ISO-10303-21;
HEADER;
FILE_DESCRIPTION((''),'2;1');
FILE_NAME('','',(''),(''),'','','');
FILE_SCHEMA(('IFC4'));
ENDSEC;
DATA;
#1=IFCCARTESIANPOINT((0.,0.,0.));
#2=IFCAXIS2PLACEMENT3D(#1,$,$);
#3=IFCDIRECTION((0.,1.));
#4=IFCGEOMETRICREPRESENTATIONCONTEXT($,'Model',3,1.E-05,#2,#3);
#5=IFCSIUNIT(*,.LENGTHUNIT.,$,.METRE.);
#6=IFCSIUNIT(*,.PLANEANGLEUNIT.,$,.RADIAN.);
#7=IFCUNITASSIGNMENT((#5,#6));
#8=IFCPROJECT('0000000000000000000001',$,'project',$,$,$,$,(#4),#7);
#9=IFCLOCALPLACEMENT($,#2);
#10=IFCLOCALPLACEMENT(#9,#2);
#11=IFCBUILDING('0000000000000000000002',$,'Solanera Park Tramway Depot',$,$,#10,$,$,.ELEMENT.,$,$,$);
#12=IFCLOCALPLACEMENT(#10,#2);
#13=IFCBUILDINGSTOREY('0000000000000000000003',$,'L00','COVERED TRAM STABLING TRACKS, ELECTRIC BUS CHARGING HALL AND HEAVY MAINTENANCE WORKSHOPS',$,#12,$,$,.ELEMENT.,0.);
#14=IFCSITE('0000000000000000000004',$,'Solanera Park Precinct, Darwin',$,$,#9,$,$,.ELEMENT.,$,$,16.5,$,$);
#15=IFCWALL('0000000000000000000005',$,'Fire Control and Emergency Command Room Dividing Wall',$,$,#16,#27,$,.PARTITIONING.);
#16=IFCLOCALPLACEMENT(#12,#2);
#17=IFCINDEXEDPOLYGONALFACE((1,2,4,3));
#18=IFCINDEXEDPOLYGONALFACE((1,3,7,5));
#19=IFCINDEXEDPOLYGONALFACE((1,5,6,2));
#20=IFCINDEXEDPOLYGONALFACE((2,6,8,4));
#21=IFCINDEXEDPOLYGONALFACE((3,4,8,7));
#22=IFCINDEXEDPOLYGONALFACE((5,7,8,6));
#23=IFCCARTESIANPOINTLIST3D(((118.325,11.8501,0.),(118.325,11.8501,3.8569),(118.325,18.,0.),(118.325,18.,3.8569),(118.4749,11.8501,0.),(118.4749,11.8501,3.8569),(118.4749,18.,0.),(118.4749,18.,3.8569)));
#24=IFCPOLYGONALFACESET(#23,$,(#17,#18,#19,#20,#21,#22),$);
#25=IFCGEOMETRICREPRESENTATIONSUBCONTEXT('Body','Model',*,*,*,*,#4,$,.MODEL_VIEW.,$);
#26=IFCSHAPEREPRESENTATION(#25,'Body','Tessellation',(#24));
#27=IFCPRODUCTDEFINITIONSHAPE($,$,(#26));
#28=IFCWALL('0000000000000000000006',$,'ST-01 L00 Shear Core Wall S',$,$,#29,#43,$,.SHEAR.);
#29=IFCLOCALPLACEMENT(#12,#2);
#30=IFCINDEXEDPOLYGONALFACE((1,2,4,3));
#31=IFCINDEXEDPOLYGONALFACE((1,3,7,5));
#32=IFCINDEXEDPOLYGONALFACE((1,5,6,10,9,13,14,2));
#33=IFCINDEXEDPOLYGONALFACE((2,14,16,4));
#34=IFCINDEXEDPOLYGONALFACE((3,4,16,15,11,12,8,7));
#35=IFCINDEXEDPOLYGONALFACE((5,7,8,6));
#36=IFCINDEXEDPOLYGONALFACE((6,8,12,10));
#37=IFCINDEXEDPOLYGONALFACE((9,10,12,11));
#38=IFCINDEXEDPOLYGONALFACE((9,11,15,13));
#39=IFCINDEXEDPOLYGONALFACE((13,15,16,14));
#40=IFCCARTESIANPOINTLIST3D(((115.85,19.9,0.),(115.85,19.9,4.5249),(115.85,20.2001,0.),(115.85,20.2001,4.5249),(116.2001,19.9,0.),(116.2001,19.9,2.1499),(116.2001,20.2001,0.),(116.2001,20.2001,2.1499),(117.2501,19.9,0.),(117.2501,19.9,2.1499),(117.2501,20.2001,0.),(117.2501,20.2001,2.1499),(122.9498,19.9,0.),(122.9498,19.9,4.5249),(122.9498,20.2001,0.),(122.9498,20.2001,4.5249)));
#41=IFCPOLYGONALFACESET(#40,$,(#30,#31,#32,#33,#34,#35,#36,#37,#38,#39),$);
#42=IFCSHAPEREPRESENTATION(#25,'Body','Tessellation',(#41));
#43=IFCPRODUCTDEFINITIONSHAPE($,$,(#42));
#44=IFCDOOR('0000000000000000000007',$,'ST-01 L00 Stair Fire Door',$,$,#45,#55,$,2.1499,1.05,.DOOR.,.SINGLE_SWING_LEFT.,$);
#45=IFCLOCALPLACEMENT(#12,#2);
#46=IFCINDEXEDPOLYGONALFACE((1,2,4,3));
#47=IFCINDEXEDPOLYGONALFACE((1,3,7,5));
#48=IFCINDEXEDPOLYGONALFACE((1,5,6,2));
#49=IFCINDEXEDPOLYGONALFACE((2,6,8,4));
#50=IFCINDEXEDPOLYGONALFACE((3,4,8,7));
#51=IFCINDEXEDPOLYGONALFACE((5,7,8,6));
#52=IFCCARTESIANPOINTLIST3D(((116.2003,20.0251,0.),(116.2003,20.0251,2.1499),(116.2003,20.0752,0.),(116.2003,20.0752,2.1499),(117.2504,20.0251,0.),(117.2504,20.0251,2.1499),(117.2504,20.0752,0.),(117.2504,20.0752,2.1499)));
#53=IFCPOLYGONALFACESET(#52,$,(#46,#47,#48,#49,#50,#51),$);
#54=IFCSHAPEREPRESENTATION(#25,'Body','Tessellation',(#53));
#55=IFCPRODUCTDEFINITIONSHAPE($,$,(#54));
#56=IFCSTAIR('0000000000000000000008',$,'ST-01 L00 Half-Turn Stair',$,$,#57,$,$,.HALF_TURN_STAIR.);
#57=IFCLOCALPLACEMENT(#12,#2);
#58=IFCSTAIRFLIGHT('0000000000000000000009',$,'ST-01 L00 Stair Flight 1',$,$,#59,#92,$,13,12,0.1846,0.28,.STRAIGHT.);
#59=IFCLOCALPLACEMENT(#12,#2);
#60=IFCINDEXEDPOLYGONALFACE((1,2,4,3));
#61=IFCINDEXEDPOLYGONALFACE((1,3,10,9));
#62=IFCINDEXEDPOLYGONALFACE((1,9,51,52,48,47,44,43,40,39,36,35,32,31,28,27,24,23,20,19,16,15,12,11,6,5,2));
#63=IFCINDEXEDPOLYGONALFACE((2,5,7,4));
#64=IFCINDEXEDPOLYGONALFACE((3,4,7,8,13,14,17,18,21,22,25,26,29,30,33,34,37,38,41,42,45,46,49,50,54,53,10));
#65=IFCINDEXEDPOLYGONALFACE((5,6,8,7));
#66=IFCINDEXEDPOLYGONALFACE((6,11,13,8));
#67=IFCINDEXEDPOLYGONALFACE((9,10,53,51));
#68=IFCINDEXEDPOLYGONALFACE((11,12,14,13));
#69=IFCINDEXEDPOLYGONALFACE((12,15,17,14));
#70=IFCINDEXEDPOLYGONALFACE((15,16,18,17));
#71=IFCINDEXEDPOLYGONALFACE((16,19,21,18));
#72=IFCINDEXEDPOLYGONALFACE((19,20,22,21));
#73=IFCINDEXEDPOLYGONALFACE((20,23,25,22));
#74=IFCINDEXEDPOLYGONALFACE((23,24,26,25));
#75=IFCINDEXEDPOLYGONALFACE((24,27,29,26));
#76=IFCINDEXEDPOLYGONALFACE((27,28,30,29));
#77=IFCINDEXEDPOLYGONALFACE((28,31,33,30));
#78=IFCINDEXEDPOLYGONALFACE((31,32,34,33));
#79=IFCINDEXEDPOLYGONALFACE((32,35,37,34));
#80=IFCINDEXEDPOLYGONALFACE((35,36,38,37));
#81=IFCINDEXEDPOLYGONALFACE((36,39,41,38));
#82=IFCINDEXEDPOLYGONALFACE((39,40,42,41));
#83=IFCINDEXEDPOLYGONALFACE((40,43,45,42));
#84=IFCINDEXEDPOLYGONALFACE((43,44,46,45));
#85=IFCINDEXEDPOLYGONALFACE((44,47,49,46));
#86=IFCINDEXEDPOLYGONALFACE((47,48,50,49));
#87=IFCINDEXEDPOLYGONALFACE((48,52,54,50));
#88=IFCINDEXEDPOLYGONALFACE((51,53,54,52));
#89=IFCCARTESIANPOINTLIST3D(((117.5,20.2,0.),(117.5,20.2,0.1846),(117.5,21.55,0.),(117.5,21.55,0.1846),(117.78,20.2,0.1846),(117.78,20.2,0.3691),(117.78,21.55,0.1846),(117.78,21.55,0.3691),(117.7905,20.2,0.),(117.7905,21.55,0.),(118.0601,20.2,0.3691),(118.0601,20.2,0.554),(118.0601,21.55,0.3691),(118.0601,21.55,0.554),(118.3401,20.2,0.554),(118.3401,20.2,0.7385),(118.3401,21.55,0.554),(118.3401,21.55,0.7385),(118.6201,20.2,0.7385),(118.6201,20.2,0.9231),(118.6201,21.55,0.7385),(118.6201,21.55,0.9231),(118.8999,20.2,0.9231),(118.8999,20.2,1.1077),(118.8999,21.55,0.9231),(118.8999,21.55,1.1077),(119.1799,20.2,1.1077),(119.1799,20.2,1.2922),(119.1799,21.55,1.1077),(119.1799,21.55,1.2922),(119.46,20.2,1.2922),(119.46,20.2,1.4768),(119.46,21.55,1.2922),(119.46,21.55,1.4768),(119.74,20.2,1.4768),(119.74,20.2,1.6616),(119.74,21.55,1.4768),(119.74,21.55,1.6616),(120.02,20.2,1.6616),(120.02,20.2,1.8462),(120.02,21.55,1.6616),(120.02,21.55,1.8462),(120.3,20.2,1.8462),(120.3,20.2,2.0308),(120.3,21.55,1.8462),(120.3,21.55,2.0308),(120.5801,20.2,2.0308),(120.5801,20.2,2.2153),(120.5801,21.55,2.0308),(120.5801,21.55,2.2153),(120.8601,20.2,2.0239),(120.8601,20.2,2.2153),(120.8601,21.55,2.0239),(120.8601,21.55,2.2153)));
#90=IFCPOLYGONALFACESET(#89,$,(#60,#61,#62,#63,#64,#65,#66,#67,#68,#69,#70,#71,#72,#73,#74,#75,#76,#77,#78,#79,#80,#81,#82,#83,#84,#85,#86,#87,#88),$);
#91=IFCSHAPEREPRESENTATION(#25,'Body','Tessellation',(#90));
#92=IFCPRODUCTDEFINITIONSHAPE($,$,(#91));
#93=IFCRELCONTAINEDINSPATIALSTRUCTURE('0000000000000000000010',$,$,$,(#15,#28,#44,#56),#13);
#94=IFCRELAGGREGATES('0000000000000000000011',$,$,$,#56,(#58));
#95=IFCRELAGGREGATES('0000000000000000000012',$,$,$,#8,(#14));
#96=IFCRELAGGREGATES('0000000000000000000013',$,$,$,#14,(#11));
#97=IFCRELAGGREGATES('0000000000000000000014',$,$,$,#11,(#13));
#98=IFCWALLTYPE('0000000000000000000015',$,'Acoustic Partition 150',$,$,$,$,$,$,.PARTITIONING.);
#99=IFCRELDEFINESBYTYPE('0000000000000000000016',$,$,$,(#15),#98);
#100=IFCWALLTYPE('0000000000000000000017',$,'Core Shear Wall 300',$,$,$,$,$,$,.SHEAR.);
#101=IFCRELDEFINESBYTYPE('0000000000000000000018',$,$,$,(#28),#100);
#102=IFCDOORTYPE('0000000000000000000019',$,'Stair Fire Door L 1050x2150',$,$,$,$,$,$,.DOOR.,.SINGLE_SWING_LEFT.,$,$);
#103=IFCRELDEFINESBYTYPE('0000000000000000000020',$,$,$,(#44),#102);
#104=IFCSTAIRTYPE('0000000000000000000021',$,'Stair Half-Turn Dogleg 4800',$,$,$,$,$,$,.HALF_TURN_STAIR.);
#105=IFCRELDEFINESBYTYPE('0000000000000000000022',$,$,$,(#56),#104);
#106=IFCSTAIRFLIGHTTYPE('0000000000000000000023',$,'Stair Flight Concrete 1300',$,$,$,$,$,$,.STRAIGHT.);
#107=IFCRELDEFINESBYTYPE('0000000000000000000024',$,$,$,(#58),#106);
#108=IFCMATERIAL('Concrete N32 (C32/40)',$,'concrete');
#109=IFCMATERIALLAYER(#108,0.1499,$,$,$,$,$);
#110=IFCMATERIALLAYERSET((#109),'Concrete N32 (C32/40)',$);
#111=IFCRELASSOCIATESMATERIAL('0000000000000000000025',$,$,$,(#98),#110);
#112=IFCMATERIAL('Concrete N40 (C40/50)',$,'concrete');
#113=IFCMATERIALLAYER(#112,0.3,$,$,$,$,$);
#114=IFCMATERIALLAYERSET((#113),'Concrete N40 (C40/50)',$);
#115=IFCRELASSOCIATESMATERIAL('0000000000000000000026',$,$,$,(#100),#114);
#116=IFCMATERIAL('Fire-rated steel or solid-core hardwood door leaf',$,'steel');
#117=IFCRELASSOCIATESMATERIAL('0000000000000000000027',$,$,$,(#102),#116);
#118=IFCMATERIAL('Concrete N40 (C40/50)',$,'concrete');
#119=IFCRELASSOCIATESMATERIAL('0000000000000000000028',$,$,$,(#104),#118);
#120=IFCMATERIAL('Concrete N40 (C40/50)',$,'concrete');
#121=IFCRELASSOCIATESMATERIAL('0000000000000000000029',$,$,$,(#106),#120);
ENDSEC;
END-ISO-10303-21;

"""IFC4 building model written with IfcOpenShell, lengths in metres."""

from ifc_helpers import new_model, si_unit, direction, frame, frame_2d, origin, place, context, subcontext, project, spatial, polyline, rectangle, outline, extrude, material, layer, layer_set, type_object, element, fill, aggregate, save


model = new_model("IFC4")

# Units and contexts
model_context = context("Model", 3, precision=1e-05, world=origin(), true_north=direction((0.0, 1.0)))
body_context = subcontext(model_context, "Body", "Model", "MODEL_VIEW")
ifc_project = project(units=[si_unit("LENGTHUNIT", "METRE"), si_unit("PLANEANGLEUNIT", "RADIAN")], contexts=[model_context])

# Site, building, storey
site_placement = place(None, origin())
site = spatial("IfcSite", under=ifc_project, at=site_placement, Name="Solanera Park Precinct, Darwin", CompositionType="ELEMENT", RefElevation=16.5)
building_placement = place(site_placement, origin())
building = spatial("IfcBuilding", under=site, at=building_placement, Name="Solanera Park Tramway Depot", CompositionType="ELEMENT")
storey_placement = place(building_placement, origin())
storey = spatial("IfcBuildingStorey", under=building, at=storey_placement, Name="L00", Description="COVERED TRAM STABLING TRACKS, ELECTRIC BUS CHARGING HALL AND HEAVY MAINTENANCE WORKSHOPS", CompositionType="ELEMENT", Elevation=0.0)

# Wall
ifc_material_1 = material(Name="Concrete N32 (C32/40)", Category="concrete")
ifc_layer_1 = layer(ifc_material_1, 0.1499)
ifc_layer_set_1 = layer_set([ifc_layer_1], Name="Concrete N32 (C32/40)")
wall_type_1 = type_object("IfcWallType", Name="Acoustic Partition 150", PredefinedType="PARTITIONING", material=ifc_layer_set_1)
wall_1_placement = place(storey_placement, frame((118.3999, 11.8501, 0.0), z_axis=(0.0, 0.0, 1.0), x_axis=(0.0, 1.0, 0.0)))
element("IfcWall", 1, at=wall_1_placement, inside=storey, type_object=wall_type_1, Name="Fire Control and Emergency Command Room Dividing Wall", PredefinedType="PARTITIONING", context=body_context, shape_type="SweptSolid", body=[
    extrude(rectangle(XDim=6.1499, YDim=0.1499, at=frame_2d((3.075, 0.0))), origin(), (0.0, 0.0, 1.0), 3.8569),
])

# Wall, opening, door
ifc_material_2 = material(Name="Concrete N40 (C40/50)", Category="concrete")
ifc_layer_2 = layer(ifc_material_2, 0.3)
ifc_layer_set_2 = layer_set([ifc_layer_2], Name="Concrete N40 (C40/50)")
wall_type_2 = type_object("IfcWallType", Name="Core Shear Wall 300", PredefinedType="SHEAR", material=ifc_layer_set_2)
wall_2_placement = place(storey_placement, frame((115.8501, 20.05, 0.0), z_axis=(0.0, 0.0, 1.0), x_axis=(1.0, 0.0, 0.0)))
wall_2 = element("IfcWall", 2, at=wall_2_placement, inside=storey, type_object=wall_type_2, Name="ST-01 L00 Shear Core Wall S", PredefinedType="SHEAR", context=body_context, shape_type="SweptSolid", body=[
    extrude(rectangle(XDim=7.0999, YDim=0.3, at=frame_2d((3.5498, 0.0))), origin(), (0.0, 0.0, 1.0), 4.5249),
])
opening_1_placement = place(wall_2_placement, frame((0.3501, 0.0, 0.0)))
opening_1 = element("IfcOpeningElement", 3, at=opening_1_placement, cuts=wall_2, PredefinedType="OPENING", context=body_context, shape_type="SweptSolid", body=[
    extrude(rectangle(XDim=1.05, YDim=2.1499, at=frame_2d((0.5249, 1.075))), frame((0.0, 0.1602, 0.0), z_axis=(0.0, -1.0, 0.0), x_axis=(1.0, 0.0, 0.0)), (0.0, 0.0, 1.0), 0.3201),
])
ifc_material_3 = material(Name="Fire-rated steel or solid-core hardwood door leaf", Category="steel")
door_type_1 = type_object("IfcDoorType", Name="Stair Fire Door L 1050x2150", OperationType="SINGLE_SWING_LEFT", PredefinedType="DOOR", material=ifc_material_3)
door_1_placement = place(opening_1_placement, frame((1.05, 0.0, 0.0), z_axis=(0.0, 0.0, 1.0), x_axis=(-1.0, 0.0, 0.0)))
door_1 = element("IfcDoor", 4, at=door_1_placement, inside=storey, type_object=door_type_1, Name="ST-01 L00 Stair Fire Door", OperationType="SINGLE_SWING_LEFT", OverallHeight=2.1499, OverallWidth=1.05, PredefinedType="DOOR", context=body_context, shape_type="SweptSolid", body=[
    extrude(rectangle(XDim=1.05, YDim=2.1499, at=frame_2d((0.5249, 1.075))), frame((0.0, 0.0249, 0.0), z_axis=(0.0, -1.0, 0.0), x_axis=(1.0, 0.0, 0.0)), (0.0, 0.0, 1.0), 0.05),
])
fill(opening_1, door_1)

# Stair, stair flight
ifc_material_4 = material(Name="Concrete N40 (C40/50)", Category="concrete")
stair_type = type_object("IfcStairType", Name="Stair Half-Turn Dogleg 4800", PredefinedType="HALF_TURN_STAIR", material=ifc_material_4)
stair_placement = place(storey_placement, origin())
stair = element("IfcStair", 5, at=stair_placement, inside=storey, type_object=stair_type, Name="ST-01 L00 Half-Turn Stair", PredefinedType="HALF_TURN_STAIR")
ifc_material_5 = material(Name="Concrete N40 (C40/50)", Category="concrete")
stair_flight_type = type_object("IfcStairFlightType", Name="Stair Flight Concrete 1300", PredefinedType="STRAIGHT", material=ifc_material_5)
stair_flight_placement = place(storey_placement, frame((117.5, 20.875, 0.0), z_axis=(0.0, 0.0, 1.0), x_axis=(1.0, 0.0, 0.0)))
stair_flight = element("IfcStairFlight", 6, at=stair_flight_placement, type_object=stair_flight_type, Name="ST-01 L00 Stair Flight 1", NumberOfRisers=13, NumberOfTreads=12, PredefinedType="STRAIGHT", RiserHeight=0.1846, TreadLength=0.28, context=body_context, shape_type="SweptSolid", body=[
    extrude(outline(polyline([(0.0, 0.0), (0.0, 0.1846), (0.28, 0.1846), (0.28, 0.3691), (0.5601, 0.3691), (0.5601, 0.554), (0.8401, 0.554), (0.8401, 0.7385), (1.1201, 0.7385), (1.1201, 0.9231), (1.3999, 0.9231), (1.3999, 1.1077), (1.6799, 1.1077), (1.6799, 1.2922), (1.96, 1.2922), (1.96, 1.4768), (2.24, 1.4768), (2.24, 1.6616), (2.52, 1.6616), (2.52, 1.8462), (2.8, 1.8462), (2.8, 2.0308), (3.0801, 2.0308), (3.0801, 2.2153), (3.3601, 2.2153), (3.3601, 2.3999), (3.3601, 2.0239), (0.2905, 0.0), (0.0, 0.0)])), frame((0.0, 0.675, 0.0), z_axis=(0.0, -1.0, 0.0), x_axis=(1.0, 0.0, 0.0)), (0.0, 0.0, 1.0), 1.3501),
])
aggregate(stair, [stair_flight])

save(model, "model.ifc")
